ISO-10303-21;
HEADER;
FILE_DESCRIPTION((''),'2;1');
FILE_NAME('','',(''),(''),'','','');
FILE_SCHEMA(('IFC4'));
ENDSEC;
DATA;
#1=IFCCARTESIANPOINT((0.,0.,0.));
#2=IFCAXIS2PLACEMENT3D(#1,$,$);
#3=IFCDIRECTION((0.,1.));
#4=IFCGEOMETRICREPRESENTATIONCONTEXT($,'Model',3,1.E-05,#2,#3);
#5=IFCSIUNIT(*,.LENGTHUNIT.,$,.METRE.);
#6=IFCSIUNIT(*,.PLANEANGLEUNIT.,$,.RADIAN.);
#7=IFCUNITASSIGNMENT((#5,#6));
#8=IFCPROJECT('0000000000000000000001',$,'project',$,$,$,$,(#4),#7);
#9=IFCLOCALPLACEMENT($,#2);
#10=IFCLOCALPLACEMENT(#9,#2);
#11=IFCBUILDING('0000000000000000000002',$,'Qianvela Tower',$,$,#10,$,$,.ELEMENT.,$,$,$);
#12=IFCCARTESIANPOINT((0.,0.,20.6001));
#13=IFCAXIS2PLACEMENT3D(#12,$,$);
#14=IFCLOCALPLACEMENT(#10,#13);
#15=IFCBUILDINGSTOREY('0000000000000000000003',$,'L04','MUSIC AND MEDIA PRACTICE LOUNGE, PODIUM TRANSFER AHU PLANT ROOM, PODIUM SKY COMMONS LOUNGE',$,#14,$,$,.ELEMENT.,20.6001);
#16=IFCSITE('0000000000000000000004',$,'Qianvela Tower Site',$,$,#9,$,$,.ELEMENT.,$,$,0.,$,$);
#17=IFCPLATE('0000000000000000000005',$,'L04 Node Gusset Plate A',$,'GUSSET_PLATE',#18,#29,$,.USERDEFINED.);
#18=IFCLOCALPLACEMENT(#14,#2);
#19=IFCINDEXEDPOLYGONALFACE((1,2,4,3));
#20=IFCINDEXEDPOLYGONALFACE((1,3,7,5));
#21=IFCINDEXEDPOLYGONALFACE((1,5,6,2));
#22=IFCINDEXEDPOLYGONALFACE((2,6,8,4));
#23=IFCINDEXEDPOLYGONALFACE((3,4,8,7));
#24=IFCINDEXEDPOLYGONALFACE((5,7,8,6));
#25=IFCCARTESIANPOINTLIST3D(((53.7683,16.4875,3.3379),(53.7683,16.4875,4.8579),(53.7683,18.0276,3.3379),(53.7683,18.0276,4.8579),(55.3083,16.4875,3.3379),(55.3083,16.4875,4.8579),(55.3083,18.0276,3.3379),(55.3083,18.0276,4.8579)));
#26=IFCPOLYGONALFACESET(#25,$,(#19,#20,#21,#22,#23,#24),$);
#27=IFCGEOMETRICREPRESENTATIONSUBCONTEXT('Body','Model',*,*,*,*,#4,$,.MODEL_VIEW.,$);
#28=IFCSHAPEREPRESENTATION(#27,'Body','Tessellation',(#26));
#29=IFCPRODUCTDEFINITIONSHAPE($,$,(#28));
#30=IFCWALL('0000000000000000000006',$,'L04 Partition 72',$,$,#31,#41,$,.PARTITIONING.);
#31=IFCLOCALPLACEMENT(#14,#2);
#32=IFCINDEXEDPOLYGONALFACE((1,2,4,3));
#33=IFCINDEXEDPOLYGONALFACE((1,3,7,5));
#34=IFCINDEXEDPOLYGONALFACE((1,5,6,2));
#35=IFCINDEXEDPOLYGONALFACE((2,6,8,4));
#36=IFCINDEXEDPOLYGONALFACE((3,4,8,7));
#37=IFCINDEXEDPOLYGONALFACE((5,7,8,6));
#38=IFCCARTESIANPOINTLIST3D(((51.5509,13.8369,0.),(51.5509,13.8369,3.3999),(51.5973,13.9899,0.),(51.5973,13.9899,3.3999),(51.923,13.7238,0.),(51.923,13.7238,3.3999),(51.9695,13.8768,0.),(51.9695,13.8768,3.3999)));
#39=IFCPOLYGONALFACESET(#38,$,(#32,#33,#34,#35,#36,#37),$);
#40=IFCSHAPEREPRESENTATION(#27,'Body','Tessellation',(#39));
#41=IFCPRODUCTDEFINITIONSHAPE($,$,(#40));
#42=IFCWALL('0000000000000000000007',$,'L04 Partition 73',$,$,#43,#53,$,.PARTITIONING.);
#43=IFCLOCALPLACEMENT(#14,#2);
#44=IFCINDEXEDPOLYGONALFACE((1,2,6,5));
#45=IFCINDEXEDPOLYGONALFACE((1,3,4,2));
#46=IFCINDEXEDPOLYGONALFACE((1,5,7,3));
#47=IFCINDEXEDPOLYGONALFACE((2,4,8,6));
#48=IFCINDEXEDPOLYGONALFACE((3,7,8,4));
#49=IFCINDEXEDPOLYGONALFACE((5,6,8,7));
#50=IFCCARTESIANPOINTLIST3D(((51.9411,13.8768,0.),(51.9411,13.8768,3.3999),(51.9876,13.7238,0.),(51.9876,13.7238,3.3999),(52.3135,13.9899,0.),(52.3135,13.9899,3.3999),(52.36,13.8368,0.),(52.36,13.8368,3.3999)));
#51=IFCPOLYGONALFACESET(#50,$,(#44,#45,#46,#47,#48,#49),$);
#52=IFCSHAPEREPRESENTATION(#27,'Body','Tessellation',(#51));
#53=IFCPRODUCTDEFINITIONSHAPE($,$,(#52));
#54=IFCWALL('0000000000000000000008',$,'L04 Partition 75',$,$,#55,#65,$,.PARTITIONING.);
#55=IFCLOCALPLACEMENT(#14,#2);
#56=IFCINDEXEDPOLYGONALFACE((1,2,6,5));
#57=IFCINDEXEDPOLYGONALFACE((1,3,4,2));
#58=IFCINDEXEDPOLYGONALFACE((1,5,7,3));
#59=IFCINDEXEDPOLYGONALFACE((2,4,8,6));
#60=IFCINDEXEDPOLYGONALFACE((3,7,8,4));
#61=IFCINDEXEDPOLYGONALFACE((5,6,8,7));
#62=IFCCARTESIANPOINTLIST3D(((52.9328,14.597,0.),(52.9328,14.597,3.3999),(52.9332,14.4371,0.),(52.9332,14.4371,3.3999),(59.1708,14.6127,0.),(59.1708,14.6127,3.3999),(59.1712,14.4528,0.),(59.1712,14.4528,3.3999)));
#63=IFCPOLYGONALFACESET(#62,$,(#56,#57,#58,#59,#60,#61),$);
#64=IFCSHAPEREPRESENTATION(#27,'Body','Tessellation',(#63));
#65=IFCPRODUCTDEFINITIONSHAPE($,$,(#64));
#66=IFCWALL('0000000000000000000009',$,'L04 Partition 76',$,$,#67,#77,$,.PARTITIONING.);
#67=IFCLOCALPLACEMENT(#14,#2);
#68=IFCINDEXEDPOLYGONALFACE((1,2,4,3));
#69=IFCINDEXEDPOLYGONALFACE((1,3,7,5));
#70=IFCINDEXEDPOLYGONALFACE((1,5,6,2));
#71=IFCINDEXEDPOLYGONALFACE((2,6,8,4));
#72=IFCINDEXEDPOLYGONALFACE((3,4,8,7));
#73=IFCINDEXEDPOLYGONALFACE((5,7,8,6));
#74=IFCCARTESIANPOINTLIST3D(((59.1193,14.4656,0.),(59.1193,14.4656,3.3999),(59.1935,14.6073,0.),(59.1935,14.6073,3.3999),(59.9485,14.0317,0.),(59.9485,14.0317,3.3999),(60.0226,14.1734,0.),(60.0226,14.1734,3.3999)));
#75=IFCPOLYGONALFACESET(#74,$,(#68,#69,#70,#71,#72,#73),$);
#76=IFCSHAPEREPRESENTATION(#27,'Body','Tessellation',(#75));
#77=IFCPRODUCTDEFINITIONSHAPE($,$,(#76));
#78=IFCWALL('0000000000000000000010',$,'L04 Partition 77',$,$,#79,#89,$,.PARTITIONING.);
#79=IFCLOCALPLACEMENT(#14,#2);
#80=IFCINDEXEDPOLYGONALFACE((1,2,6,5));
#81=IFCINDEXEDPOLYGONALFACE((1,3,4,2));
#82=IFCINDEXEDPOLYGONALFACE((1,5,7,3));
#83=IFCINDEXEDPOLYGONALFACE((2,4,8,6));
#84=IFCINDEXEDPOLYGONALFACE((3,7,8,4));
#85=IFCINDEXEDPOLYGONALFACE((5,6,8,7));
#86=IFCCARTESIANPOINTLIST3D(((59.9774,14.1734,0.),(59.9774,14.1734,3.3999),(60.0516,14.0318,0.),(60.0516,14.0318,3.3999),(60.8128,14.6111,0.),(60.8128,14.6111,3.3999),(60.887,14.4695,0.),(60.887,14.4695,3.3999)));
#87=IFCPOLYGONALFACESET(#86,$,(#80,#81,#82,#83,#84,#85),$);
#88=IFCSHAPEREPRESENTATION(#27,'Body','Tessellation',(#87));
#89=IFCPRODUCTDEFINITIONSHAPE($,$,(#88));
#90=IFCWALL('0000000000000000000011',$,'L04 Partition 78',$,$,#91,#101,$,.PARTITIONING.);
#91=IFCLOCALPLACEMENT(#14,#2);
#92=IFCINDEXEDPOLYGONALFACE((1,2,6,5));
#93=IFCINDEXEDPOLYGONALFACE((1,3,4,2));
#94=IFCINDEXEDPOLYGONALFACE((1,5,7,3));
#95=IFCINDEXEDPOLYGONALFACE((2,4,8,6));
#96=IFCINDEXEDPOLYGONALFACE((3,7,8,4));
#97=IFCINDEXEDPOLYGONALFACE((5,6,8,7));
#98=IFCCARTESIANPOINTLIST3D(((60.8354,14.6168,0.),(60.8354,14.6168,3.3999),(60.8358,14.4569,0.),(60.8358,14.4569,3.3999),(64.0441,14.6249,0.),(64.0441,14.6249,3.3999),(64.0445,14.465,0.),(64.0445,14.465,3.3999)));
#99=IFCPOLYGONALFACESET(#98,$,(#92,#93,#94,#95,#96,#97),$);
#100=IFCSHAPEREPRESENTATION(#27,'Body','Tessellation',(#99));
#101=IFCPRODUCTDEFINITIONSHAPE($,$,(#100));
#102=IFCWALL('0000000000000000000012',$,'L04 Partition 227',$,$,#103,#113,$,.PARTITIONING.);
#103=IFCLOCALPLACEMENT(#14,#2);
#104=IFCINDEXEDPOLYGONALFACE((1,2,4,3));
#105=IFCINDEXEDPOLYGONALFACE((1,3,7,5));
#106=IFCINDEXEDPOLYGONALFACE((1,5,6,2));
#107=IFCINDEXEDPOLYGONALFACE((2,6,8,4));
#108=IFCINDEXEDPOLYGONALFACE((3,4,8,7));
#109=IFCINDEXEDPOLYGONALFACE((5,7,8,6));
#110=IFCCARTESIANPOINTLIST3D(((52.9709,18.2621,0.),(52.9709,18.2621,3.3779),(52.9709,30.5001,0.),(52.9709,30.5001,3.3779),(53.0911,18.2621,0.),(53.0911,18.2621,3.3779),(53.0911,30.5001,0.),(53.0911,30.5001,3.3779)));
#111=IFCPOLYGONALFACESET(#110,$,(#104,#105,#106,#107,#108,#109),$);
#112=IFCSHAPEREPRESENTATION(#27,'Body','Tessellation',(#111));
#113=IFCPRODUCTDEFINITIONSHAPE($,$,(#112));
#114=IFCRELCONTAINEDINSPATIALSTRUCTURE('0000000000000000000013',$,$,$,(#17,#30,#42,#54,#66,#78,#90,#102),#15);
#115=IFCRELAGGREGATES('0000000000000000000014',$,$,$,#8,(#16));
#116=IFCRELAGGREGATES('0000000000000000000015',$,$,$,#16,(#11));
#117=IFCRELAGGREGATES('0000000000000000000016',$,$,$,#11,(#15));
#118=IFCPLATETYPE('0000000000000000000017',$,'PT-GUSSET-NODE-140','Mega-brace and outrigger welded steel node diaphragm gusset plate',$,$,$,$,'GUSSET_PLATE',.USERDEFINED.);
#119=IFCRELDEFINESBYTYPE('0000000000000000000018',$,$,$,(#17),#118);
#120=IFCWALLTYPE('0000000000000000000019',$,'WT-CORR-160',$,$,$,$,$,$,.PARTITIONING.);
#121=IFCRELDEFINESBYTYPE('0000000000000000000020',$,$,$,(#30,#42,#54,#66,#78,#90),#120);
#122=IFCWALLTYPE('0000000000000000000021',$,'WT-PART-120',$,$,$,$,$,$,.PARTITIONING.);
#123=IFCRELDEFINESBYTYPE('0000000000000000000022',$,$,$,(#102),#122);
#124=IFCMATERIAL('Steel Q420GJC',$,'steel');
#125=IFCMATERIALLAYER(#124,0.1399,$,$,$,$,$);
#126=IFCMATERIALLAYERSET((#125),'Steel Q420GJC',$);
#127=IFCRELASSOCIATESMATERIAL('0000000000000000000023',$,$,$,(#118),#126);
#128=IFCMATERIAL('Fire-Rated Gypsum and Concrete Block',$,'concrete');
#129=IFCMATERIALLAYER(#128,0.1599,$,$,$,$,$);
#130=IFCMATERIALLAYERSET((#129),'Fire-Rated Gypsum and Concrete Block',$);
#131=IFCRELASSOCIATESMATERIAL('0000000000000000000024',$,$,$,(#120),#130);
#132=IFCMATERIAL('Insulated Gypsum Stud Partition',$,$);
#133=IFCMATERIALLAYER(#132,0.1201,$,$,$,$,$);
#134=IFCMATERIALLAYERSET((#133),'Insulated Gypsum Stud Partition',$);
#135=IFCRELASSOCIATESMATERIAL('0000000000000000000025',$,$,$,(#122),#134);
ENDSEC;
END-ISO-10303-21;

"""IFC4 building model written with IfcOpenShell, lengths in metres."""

from ifc_helpers import new_model, si_unit, direction, frame, frame_2d, origin, origin_2d, place, context, subcontext, project, spatial, rectangle, extrude, material, layer, layer_set, type_object, element, save


model = new_model("IFC4")

# Units and contexts
model_context = context("Model", 3, precision=1e-05, world=origin(), true_north=direction((0.0, 1.0)))
body_context = subcontext(model_context, "Body", "Model", "MODEL_VIEW")
ifc_project = project(units=[si_unit("LENGTHUNIT", "METRE"), si_unit("PLANEANGLEUNIT", "RADIAN")], contexts=[model_context])

# Site, building, storey
site_placement = place(None, origin())
site = spatial("IfcSite", under=ifc_project, at=site_placement, Name="Qianvela Tower Site", CompositionType="ELEMENT", RefElevation=0.0)
building_placement = place(site_placement, origin())
building = spatial("IfcBuilding", under=site, at=building_placement, Name="Qianvela Tower", CompositionType="ELEMENT")
storey_placement = place(building_placement, frame((0.0, 0.0, 20.6001)))
storey = spatial("IfcBuildingStorey", under=building, at=storey_placement, Name="L04", Description="MUSIC AND MEDIA PRACTICE LOUNGE, PODIUM TRANSFER AHU PLANT ROOM, PODIUM SKY COMMONS LOUNGE", CompositionType="ELEMENT", Elevation=20.6001)

# Plate
ifc_material_1 = material(Name="Steel Q420GJC", Category="steel")
ifc_layer_1 = layer(ifc_material_1, 0.1399)
ifc_layer_set_1 = layer_set([ifc_layer_1], Name="Steel Q420GJC")
plate_type_1 = type_object("IfcPlateType", Name="PT-GUSSET-NODE-140", Description="Mega-brace and outrigger welded steel node diaphragm gusset plate", ElementType="GUSSET_PLATE", PredefinedType="USERDEFINED", material=ifc_layer_set_1)
plate_1_placement = place(storey_placement, frame((54.5383, 17.2576, 3.3379), z_axis=(0.0, 0.0, 1.0), x_axis=(1.0, 0.0, 0.0)))
element("IfcPlate", 1, at=plate_1_placement, inside=storey, type_object=plate_type_1, Name="L04 Node Gusset Plate A", ObjectType="GUSSET_PLATE", PredefinedType="USERDEFINED", context=body_context, shape_type="SweptSolid", body=[
    extrude(rectangle(XDim=1.54, YDim=1.54, at=origin_2d()), origin(), (0.0, 0.0, 1.0), 1.52),
])

# Walls
ifc_material_2 = material(Name="Fire-Rated Gypsum and Concrete Block", Category="concrete")
ifc_layer_2 = layer(ifc_material_2, 0.1599)
ifc_layer_set_2 = layer_set([ifc_layer_2], Name="Fire-Rated Gypsum and Concrete Block")
wall_type_1 = type_object("IfcWallType", Name="WT-CORR-160", PredefinedType="PARTITIONING", material=ifc_layer_set_2)
wall_1_placement = place(storey_placement, frame((51.5742, 13.9133, 0.0), z_axis=(0.0, 0.0, 1.0), x_axis=(0.956818, -0.290687, 0.0)))
element("IfcWall", 2, at=wall_1_placement, inside=storey, type_object=wall_type_1, Name="L04 Partition 72", PredefinedType="PARTITIONING", context=body_context, shape_type="SweptSolid", body=[
    extrude(rectangle(XDim=0.3889, YDim=0.1599, at=frame_2d((0.1943, 0.0))), origin(), (0.0, 0.0, 1.0), 3.3999),
])
wall_2_placement = place(storey_placement, frame((51.9644, 13.8003, 0.0), z_axis=(0.0, 0.0, 1.0), x_axis=(0.956871, 0.290512, 0.0)))
element("IfcWall", 3, at=wall_2_placement, inside=storey, type_object=wall_type_1, Name="L04 Partition 73", PredefinedType="PARTITIONING", context=body_context, shape_type="SweptSolid", body=[
    extrude(rectangle(XDim=0.3892, YDim=0.1599, at=frame_2d((0.1946, 0.0))), origin(), (0.0, 0.0, 1.0), 3.3999),
])
wall_3_placement = place(storey_placement, frame((52.9329, 14.5171, 0.0), z_axis=(0.0, 0.0, 1.0), x_axis=(0.999997, 0.002505, 0.0)))
element("IfcWall", 4, at=wall_3_placement, inside=storey, type_object=wall_type_1, Name="L04 Partition 75", PredefinedType="PARTITIONING", context=body_context, shape_type="SweptSolid", body=[
    extrude(rectangle(XDim=6.238, YDim=0.1599, at=frame_2d((3.1191, 0.0))), origin(), (0.0, 0.0, 1.0), 3.3999),
])
wall_4_placement = place(storey_placement, frame((59.1565, 14.5364, 0.0), z_axis=(0.0, 0.0, 1.0), x_axis=(0.886031, -0.463627, 0.0)))
element("IfcWall", 5, at=wall_4_placement, inside=storey, type_object=wall_type_1, Name="L04 Partition 76", PredefinedType="PARTITIONING", context=body_context, shape_type="SweptSolid", body=[
    extrude(rectangle(XDim=0.9358, YDim=0.1599, at=frame_2d((0.4678, 0.0))), origin(), (0.0, 0.0, 1.0), 3.3999),
])
wall_5_placement = place(storey_placement, frame((60.0144, 14.1025, 0.0), z_axis=(0.0, 0.0, 1.0), x_axis=(0.885776, 0.464113, 0.0)))
element("IfcWall", 6, at=wall_5_placement, inside=storey, type_object=wall_type_1, Name="L04 Partition 77", PredefinedType="PARTITIONING", context=body_context, shape_type="SweptSolid", body=[
    extrude(rectangle(XDim=0.9431, YDim=0.1599, at=frame_2d((0.4717, 0.0))), origin(), (0.0, 0.0, 1.0), 3.3999),
])
wall_6_placement = place(storey_placement, frame((60.8354, 14.5369, 0.0), z_axis=(0.0, 0.0, 1.0), x_axis=(0.999997, 0.002511, 0.0)))
element("IfcWall", 7, at=wall_6_placement, inside=storey, type_object=wall_type_1, Name="L04 Partition 78", PredefinedType="PARTITIONING", context=body_context, shape_type="SweptSolid", body=[
    extrude(rectangle(XDim=3.2087, YDim=0.1599, at=frame_2d((1.6045, 0.0))), origin(), (0.0, 0.0, 1.0), 3.3999),
])
ifc_material_3 = material(Name="Insulated Gypsum Stud Partition")
ifc_layer_3 = layer(ifc_material_3, 0.1201)
ifc_layer_set_3 = layer_set([ifc_layer_3], Name="Insulated Gypsum Stud Partition")
wall_type_2 = type_object("IfcWallType", Name="WT-PART-120", PredefinedType="PARTITIONING", material=ifc_layer_set_3)
wall_7_placement = place(storey_placement, frame((53.031, 18.262, 0.0), z_axis=(0.0, 0.0, 1.0), x_axis=(0.0, 1.0, 0.0)))
element("IfcWall", 8, at=wall_7_placement, inside=storey, type_object=wall_type_2, Name="L04 Partition 227", PredefinedType="PARTITIONING", context=body_context, shape_type="SweptSolid", body=[
    extrude(rectangle(XDim=12.238, YDim=0.1201, at=frame_2d((6.1191, 0.0))), origin(), (0.0, 0.0, 1.0), 3.3779),
])

save(model, "model.ifc")
